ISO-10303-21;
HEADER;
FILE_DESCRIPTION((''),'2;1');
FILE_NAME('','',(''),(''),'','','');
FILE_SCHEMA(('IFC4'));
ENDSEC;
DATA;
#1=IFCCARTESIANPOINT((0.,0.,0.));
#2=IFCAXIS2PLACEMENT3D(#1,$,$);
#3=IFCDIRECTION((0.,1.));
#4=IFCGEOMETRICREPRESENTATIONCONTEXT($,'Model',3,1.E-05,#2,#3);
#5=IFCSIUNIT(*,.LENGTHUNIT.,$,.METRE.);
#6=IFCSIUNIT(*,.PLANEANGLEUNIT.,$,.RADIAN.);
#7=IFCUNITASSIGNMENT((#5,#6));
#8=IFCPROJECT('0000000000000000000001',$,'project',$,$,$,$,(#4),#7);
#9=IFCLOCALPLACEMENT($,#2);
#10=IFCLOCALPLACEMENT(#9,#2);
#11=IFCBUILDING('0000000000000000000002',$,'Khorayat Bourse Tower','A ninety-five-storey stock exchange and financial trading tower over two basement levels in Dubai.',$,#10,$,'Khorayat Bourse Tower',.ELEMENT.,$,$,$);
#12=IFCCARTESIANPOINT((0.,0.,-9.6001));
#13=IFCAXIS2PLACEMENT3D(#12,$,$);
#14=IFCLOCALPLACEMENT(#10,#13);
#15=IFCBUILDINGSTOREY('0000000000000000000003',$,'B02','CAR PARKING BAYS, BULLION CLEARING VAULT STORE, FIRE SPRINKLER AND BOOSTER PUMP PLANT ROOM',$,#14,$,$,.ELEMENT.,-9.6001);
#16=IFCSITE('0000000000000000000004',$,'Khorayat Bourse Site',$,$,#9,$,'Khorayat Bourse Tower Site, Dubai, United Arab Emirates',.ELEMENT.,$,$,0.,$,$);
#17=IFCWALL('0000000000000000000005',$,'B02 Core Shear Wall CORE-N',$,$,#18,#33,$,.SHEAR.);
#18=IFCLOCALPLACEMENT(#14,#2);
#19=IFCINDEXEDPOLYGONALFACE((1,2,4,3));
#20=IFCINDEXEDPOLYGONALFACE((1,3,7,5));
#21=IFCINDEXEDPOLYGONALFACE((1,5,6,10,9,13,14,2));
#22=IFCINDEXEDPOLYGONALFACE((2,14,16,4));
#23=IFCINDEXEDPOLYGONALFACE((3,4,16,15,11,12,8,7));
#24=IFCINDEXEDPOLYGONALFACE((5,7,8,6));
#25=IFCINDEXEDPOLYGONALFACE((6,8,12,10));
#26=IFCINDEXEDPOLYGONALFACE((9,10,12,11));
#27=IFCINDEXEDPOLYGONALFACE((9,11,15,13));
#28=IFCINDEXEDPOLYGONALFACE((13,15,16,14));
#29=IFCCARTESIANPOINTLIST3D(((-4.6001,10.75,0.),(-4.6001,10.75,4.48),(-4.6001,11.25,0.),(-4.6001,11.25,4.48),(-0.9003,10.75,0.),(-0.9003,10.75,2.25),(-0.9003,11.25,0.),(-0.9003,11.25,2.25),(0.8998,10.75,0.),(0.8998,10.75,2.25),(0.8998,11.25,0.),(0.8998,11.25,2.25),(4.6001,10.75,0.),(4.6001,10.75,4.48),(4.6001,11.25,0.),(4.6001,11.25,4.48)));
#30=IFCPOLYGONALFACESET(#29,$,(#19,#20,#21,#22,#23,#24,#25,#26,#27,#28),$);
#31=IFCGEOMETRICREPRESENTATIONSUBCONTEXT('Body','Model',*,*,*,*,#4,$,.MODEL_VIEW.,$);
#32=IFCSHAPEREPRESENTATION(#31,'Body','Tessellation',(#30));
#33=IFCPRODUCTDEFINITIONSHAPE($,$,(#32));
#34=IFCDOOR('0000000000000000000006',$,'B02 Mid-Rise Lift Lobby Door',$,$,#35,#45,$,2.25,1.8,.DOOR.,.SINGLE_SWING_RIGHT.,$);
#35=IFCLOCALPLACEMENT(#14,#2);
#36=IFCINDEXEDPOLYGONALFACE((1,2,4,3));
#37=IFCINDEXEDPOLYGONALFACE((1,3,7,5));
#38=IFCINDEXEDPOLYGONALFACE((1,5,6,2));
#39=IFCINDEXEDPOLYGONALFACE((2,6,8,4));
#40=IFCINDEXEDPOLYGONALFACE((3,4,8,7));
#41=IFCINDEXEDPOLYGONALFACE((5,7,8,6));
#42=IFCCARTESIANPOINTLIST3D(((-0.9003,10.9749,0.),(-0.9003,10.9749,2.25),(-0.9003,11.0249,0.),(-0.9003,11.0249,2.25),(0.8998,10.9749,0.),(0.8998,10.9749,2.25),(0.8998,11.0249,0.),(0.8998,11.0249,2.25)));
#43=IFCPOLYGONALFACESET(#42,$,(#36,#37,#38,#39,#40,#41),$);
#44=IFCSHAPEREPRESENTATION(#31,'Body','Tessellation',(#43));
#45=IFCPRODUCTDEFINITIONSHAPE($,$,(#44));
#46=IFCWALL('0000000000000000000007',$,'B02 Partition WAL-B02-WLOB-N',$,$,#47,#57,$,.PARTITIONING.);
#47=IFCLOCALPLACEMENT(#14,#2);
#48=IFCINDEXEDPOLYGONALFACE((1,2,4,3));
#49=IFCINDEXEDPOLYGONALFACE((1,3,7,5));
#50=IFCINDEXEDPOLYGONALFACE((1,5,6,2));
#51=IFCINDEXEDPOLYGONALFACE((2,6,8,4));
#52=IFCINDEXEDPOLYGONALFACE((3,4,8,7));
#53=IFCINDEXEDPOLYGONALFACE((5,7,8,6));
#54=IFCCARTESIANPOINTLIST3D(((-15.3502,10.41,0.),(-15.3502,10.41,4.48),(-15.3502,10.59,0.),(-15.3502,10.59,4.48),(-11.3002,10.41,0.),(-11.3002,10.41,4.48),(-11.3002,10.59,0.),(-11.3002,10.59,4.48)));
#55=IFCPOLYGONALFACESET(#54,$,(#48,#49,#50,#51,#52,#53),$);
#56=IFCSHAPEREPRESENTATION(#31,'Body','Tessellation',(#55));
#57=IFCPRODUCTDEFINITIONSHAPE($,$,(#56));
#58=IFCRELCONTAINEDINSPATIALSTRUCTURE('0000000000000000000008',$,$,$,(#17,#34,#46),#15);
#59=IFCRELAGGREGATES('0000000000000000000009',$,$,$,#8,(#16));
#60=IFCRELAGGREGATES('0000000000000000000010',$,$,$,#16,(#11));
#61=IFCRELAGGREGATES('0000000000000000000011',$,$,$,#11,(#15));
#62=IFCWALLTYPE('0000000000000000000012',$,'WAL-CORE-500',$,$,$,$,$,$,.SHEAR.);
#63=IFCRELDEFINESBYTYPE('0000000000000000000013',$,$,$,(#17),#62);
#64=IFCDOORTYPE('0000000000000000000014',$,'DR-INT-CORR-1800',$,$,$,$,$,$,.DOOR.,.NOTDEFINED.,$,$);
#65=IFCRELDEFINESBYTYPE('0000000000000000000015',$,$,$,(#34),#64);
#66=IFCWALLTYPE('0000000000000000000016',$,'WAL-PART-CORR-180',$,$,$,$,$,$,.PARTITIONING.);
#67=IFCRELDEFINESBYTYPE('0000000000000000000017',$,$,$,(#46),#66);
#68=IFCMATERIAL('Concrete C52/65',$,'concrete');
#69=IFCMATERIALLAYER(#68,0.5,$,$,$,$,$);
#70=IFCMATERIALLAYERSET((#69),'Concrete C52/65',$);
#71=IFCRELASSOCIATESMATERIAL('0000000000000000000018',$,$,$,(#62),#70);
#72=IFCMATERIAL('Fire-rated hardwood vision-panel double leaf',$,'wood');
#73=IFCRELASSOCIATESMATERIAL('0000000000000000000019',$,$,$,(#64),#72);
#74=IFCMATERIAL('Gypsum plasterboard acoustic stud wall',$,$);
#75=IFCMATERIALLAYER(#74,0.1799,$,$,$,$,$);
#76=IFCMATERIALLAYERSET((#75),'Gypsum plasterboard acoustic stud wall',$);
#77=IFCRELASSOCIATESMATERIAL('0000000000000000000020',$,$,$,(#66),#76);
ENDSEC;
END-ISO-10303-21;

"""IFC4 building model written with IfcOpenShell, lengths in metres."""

from ifc_helpers import new_model, si_unit, direction, frame, frame_2d, origin, place, context, subcontext, project, spatial, rectangle, extrude, source, transform, mapped, material, layer, layer_set, type_object, element, fill, save


model = new_model("IFC4")

# Units and contexts
model_context = context("Model", 3, precision=1e-05, world=origin(), true_north=direction((0.0, 1.0)))
body_context = subcontext(model_context, "Body", "Model", "MODEL_VIEW")
ifc_project = project(units=[si_unit("LENGTHUNIT", "METRE"), si_unit("PLANEANGLEUNIT", "RADIAN")], contexts=[model_context])

# Site, building, storey
site_placement = place(None, origin())
site = spatial("IfcSite", under=ifc_project, at=site_placement, Name="Khorayat Bourse Site", LongName="Khorayat Bourse Tower Site, Dubai, United Arab Emirates", CompositionType="ELEMENT", RefElevation=0.0)
building_placement = place(site_placement, origin())
building = spatial("IfcBuilding", under=site, at=building_placement, Name="Khorayat Bourse Tower", Description="A ninety-five-storey stock exchange and financial trading tower over two basement levels in Dubai.", LongName="Khorayat Bourse Tower", CompositionType="ELEMENT")
storey_placement = place(building_placement, frame((0.0, 0.0, -9.6001)))
storey = spatial("IfcBuildingStorey", under=building, at=storey_placement, Name="B02", Description="CAR PARKING BAYS, BULLION CLEARING VAULT STORE, FIRE SPRINKLER AND BOOSTER PUMP PLANT ROOM", CompositionType="ELEMENT", Elevation=-9.6001)

# Wall, opening, door
ifc_material_1 = material(Name="Concrete C52/65", Category="concrete")
ifc_layer_1 = layer(ifc_material_1, 0.5)
ifc_layer_set_1 = layer_set([ifc_layer_1], Name="Concrete C52/65")
wall_type_1 = type_object("IfcWallType", Name="WAL-CORE-500", PredefinedType="SHEAR", material=ifc_layer_set_1)
shared_shape_1 = source(origin(), body_context, "Body", "SweptSolid", [
    extrude(rectangle(XDim=9.2002, YDim=0.5, at=frame_2d((4.6001, 0.0))), origin(), (0.0, 0.0, 1.0), 4.48),
])
wall_1_placement = place(storey_placement, frame((-4.6001, 11.0, 0.0), z_axis=(0.0, 0.0, 1.0), x_axis=(1.0, 0.0, 0.0)))
wall_1 = element("IfcWall", 1, at=wall_1_placement, inside=storey, type_object=wall_type_1, Name="B02 Core Shear Wall CORE-N", PredefinedType="SHEAR", context=body_context, shape_type="MappedRepresentation", body=[
    mapped(shared_shape_1, transform((0.0, 0.0, 0.0), scale=1.0)),
])
shared_shape_2 = source(origin(), body_context, "Body", "SweptSolid", [
    extrude(rectangle(XDim=1.8, YDim=2.25, at=frame_2d((0.8999, 1.125))), frame((0.0, 0.26, 0.0), z_axis=(0.0, -1.0, 0.0), x_axis=(1.0, 0.0, 0.0)), (0.0, 0.0, 1.0), 0.52),
])
opening_placement = place(wall_1_placement, frame((3.7, 0.0, 0.0)))
opening = element("IfcOpeningElement", 2, at=opening_placement, cuts=wall_1, PredefinedType="OPENING", context=body_context, shape_type="MappedRepresentation", body=[
    mapped(shared_shape_2, transform((0.0, 0.0, 0.0), scale=1.0)),
])
ifc_material_2 = material(Name="Fire-rated hardwood vision-panel double leaf", Category="wood")
door_type = type_object("IfcDoorType", Name="DR-INT-CORR-1800", OperationType="NOTDEFINED", PredefinedType="DOOR", material=ifc_material_2)
shared_shape_3 = source(origin(), body_context, "Body", "SweptSolid", [
    extrude(rectangle(XDim=1.8, YDim=2.25, at=frame_2d((0.8999, 1.125))), frame((0.0, 0.0249, 0.0), z_axis=(0.0, -1.0, 0.0), x_axis=(1.0, 0.0, 0.0)), (0.0, 0.0, 1.0), 0.05),
])
door_placement = place(opening_placement, origin())
door = element("IfcDoor", 3, at=door_placement, inside=storey, type_object=door_type, Name="B02 Mid-Rise Lift Lobby Door", OperationType="SINGLE_SWING_RIGHT", OverallHeight=2.25, OverallWidth=1.8, PredefinedType="DOOR", context=body_context, shape_type="MappedRepresentation", body=[
    mapped(shared_shape_3, transform((0.0, 0.0, 0.0), scale=1.0)),
])
fill(opening, door)

# Wall
ifc_material_3 = material(Name="Gypsum plasterboard acoustic stud wall")
ifc_layer_2 = layer(ifc_material_3, 0.1799)
ifc_layer_set_2 = layer_set([ifc_layer_2], Name="Gypsum plasterboard acoustic stud wall")
wall_type_2 = type_object("IfcWallType", Name="WAL-PART-CORR-180", PredefinedType="PARTITIONING", material=ifc_layer_set_2)
shared_shape_4 = source(origin(), body_context, "Body", "SweptSolid", [
    extrude(rectangle(XDim=4.05, YDim=0.1799, at=frame_2d((2.0249, 0.0))), origin(), (0.0, 0.0, 1.0), 4.48),
])
wall_2_placement = place(storey_placement, frame((-15.3501, 10.5, 0.0), z_axis=(0.0, 0.0, 1.0), x_axis=(1.0, 0.0, 0.0)))
element("IfcWall", 4, at=wall_2_placement, inside=storey, type_object=wall_type_2, Name="B02 Partition WAL-B02-WLOB-N", PredefinedType="PARTITIONING", context=body_context, shape_type="MappedRepresentation", body=[
    mapped(shared_shape_4, transform((0.0, 0.0, 0.0), scale=1.0)),
])

save(model, "model.ifc")
